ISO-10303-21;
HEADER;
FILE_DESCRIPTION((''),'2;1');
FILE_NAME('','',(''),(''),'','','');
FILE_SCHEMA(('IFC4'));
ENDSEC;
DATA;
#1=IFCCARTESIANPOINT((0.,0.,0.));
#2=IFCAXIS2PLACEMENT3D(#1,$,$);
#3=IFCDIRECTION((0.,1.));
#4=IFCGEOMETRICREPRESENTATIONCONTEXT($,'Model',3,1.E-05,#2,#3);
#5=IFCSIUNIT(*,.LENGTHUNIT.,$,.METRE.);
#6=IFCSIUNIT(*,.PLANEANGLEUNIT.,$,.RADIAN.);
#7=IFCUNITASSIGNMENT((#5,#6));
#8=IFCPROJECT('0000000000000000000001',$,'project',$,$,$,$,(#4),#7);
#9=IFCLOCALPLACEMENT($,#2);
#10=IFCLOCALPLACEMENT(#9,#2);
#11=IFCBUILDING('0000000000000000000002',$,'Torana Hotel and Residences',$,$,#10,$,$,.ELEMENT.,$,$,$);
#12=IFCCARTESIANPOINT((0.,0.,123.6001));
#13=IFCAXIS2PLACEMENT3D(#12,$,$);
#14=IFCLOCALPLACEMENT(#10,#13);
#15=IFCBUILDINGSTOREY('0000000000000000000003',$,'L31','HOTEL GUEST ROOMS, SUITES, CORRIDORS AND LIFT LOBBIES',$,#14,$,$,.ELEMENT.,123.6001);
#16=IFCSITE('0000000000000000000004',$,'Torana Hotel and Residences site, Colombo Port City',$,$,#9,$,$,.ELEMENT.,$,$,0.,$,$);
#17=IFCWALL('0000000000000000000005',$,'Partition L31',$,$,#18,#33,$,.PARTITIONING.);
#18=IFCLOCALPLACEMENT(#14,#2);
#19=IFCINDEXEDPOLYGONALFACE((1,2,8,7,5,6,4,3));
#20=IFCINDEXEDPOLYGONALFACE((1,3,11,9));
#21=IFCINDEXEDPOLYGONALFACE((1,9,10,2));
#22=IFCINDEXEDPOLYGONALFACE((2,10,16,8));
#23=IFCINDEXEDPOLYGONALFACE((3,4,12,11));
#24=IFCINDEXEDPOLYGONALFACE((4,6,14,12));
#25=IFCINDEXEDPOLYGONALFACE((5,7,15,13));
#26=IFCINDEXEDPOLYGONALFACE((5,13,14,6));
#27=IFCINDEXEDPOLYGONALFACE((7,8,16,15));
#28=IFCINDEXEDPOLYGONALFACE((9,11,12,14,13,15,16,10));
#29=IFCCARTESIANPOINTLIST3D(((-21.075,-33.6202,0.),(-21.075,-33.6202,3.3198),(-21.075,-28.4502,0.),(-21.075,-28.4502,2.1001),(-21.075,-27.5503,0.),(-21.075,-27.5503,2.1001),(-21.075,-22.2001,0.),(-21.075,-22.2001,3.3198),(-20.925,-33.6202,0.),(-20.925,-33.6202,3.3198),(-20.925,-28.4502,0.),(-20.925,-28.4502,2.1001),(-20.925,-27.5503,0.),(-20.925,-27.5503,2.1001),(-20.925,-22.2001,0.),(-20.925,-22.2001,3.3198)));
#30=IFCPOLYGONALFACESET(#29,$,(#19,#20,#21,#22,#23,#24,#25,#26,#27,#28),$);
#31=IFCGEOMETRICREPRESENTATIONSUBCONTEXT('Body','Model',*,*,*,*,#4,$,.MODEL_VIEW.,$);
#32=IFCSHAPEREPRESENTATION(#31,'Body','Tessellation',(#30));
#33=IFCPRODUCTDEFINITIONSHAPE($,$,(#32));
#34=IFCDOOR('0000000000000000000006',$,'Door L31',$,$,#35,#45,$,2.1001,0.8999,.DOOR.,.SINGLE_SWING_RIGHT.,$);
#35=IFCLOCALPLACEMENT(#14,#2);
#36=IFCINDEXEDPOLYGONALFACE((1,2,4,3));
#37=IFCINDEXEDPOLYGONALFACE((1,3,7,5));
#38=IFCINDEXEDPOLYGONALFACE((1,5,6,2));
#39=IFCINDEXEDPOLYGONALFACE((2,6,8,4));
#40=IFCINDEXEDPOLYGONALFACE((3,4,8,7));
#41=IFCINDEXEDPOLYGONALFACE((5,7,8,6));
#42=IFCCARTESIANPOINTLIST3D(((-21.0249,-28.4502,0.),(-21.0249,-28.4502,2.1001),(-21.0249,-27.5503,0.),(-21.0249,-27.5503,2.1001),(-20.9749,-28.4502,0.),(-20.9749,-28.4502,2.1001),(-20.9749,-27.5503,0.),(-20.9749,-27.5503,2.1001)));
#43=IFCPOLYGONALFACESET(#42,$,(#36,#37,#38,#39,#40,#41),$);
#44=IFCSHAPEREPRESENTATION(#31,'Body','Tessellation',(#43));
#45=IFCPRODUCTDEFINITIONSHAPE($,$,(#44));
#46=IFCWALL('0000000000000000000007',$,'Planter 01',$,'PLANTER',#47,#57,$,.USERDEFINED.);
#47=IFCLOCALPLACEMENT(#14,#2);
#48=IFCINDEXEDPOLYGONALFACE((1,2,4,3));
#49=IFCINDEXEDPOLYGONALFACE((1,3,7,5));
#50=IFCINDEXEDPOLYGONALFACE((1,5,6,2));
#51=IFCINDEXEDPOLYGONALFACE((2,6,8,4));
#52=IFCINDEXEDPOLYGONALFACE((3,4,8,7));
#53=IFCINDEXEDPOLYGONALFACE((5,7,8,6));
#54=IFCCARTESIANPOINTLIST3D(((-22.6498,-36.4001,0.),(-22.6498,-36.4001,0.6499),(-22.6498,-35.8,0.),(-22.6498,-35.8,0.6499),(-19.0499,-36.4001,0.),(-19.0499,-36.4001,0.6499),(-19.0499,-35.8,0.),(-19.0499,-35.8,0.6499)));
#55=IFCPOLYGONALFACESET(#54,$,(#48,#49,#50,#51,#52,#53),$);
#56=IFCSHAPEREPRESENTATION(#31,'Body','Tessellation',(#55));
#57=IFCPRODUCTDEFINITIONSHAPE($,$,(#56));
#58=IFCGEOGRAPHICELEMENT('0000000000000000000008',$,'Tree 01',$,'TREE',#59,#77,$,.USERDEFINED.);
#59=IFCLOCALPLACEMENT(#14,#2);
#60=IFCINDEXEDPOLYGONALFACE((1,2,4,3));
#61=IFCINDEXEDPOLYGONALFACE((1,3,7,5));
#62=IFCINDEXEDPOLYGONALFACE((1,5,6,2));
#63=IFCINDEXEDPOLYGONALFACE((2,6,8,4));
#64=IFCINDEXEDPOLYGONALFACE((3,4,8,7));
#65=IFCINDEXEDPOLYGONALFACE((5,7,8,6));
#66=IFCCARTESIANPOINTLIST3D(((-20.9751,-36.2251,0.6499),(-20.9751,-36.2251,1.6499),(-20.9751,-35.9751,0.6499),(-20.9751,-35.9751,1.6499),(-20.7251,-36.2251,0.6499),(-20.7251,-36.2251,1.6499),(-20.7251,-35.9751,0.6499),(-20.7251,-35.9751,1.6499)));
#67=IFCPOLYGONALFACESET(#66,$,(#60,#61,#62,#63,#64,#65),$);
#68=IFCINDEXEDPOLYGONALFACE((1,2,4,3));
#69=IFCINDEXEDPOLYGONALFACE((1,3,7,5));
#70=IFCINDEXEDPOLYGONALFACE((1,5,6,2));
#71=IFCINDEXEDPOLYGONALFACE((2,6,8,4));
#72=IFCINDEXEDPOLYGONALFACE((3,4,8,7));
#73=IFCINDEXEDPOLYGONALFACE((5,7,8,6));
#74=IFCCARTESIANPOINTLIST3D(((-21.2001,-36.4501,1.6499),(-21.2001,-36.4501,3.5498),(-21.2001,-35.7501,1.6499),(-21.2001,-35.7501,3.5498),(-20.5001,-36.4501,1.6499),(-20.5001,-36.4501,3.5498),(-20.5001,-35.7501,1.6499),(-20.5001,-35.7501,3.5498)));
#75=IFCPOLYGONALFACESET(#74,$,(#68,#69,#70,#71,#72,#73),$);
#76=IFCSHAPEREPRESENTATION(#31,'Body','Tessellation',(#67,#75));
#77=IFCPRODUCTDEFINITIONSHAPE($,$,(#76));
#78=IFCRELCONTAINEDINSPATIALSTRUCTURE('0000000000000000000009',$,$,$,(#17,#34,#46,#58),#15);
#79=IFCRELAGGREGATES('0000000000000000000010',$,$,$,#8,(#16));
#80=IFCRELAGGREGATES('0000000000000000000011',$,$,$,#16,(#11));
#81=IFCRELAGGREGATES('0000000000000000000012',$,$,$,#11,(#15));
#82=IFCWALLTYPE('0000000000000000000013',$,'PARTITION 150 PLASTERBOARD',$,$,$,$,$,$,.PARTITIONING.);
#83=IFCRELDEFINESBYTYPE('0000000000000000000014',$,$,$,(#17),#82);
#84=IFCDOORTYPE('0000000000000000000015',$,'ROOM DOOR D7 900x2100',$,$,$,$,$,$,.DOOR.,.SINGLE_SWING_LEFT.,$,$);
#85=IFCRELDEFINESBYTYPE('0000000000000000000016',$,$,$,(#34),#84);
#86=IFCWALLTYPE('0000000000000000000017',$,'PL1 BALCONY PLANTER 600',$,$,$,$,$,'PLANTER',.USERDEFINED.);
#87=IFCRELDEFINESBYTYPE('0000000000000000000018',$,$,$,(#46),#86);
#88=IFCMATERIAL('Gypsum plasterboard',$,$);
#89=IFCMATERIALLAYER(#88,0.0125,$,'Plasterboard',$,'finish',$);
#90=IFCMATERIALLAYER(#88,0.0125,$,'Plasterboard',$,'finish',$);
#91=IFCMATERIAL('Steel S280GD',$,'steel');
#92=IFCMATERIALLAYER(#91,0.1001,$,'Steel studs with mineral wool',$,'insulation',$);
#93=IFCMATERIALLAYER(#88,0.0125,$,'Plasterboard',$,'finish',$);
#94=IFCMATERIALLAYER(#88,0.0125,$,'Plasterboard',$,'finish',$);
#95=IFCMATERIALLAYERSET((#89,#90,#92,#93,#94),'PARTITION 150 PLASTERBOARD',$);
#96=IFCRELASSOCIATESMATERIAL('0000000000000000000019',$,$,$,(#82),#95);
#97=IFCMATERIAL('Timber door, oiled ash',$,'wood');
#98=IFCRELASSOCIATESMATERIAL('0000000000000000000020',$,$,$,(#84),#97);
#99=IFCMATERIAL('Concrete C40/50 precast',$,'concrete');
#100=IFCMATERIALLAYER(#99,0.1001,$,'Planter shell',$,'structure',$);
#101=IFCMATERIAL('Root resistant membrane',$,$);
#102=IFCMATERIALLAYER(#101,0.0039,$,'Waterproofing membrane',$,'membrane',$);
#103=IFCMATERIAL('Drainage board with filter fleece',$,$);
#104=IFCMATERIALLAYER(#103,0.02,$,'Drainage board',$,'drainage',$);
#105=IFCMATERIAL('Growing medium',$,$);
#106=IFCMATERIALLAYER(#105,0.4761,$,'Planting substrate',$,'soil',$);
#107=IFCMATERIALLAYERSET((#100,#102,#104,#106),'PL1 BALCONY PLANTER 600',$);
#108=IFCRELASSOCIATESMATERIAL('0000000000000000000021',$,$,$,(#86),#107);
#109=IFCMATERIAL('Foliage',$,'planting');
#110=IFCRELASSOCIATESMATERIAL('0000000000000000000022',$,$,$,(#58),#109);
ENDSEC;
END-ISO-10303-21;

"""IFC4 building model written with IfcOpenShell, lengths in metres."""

from ifc_helpers import new_model, si_unit, direction, frame, frame_2d, origin, origin_2d, place, context, subcontext, project, spatial, rectangle, extrude, material, layer, layer_set, type_object, element, fill, save


model = new_model("IFC4")

# Units and contexts
model_context = context("Model", 3, precision=1e-05, world=origin(), true_north=direction((0.0, 1.0)))
body_context = subcontext(model_context, "Body", "Model", "MODEL_VIEW")
ifc_project = project(units=[si_unit("LENGTHUNIT", "METRE"), si_unit("PLANEANGLEUNIT", "RADIAN")], contexts=[model_context])

# Site, building, storey
site_placement = place(None, origin())
site = spatial("IfcSite", under=ifc_project, at=site_placement, Name="Torana Hotel and Residences site, Colombo Port City", CompositionType="ELEMENT", RefElevation=0.0)
building_placement = place(site_placement, origin())
building = spatial("IfcBuilding", under=site, at=building_placement, Name="Torana Hotel and Residences", CompositionType="ELEMENT")
storey_placement = place(building_placement, frame((0.0, 0.0, 123.6001)))
storey = spatial("IfcBuildingStorey", under=building, at=storey_placement, Name="L31", Description="HOTEL GUEST ROOMS, SUITES, CORRIDORS AND LIFT LOBBIES", CompositionType="ELEMENT", Elevation=123.6001)

# Shared definitions
ifc_material_1 = material(Name="Steel S280GD", Category="steel")

# Wall, opening, door
ifc_material_2 = material(Name="Gypsum plasterboard")
ifc_layer_1 = layer(ifc_material_2, 0.0125, Name="Plasterboard", Category="finish")
ifc_layer_2 = layer(ifc_material_2, 0.0125, Name="Plasterboard", Category="finish")
ifc_layer_3 = layer(ifc_material_1, 0.1001, Name="Steel studs with mineral wool", Category="insulation")
ifc_layer_4 = layer(ifc_material_2, 0.0125, Name="Plasterboard", Category="finish")
ifc_layer_5 = layer(ifc_material_2, 0.0125, Name="Plasterboard", Category="finish")
ifc_layer_set_1 = layer_set([ifc_layer_1, ifc_layer_2, ifc_layer_3, ifc_layer_4, ifc_layer_5], Name="PARTITION 150 PLASTERBOARD")
wall_type_1 = type_object("IfcWallType", Name="PARTITION 150 PLASTERBOARD", PredefinedType="PARTITIONING", material=ifc_layer_set_1)
wall_1_placement = place(storey_placement, frame((-21.0, -33.6201, 0.0), z_axis=(0.0, 0.0, 1.0), x_axis=(0.0, 1.0, 0.0)))
wall_1 = element("IfcWall", 1, at=wall_1_placement, inside=storey, type_object=wall_type_1, Name="Partition L31", PredefinedType="PARTITIONING", context=body_context, shape_type="SweptSolid", body=[
    extrude(rectangle(XDim=11.4202, YDim=0.1499, at=frame_2d((5.71, 0.0))), origin(), (0.0, 0.0, 1.0), 3.3198),
])
opening_1_placement = place(wall_1_placement, frame((5.1699, 0.0, 0.0)))
opening_1 = element("IfcOpeningElement", 2, at=opening_1_placement, cuts=wall_1, PredefinedType="OPENING", context=body_context, shape_type="SweptSolid", body=[
    extrude(rectangle(XDim=0.8999, YDim=2.1001, at=frame_2d((0.45, 1.05))), frame((0.0, 0.085, 0.0), z_axis=(0.0, -1.0, 0.0), x_axis=(1.0, 0.0, 0.0)), (0.0, 0.0, 1.0), 0.1699),
])
ifc_material_3 = material(Name="Timber door, oiled ash", Category="wood")
door_type_1 = type_object("IfcDoorType", Name="ROOM DOOR D7 900x2100", OperationType="SINGLE_SWING_LEFT", PredefinedType="DOOR", material=ifc_material_3)
door_1_placement = place(opening_1_placement, origin())
door_1 = element("IfcDoor", 3, at=door_1_placement, inside=storey, type_object=door_type_1, Name="Door L31", OperationType="SINGLE_SWING_RIGHT", OverallHeight=2.1001, OverallWidth=0.8999, PredefinedType="DOOR", context=body_context, shape_type="SweptSolid", body=[
    extrude(rectangle(XDim=0.8999, YDim=2.1001, at=frame_2d((0.45, 1.05))), frame((0.0, 0.0249, 0.0), z_axis=(0.0, -1.0, 0.0), x_axis=(1.0, 0.0, 0.0)), (0.0, 0.0, 1.0), 0.05),
])
fill(opening_1, door_1)

# Wall
ifc_material_4 = material(Name="Concrete C40/50 precast", Category="concrete")
ifc_layer_6 = layer(ifc_material_4, 0.1001, Name="Planter shell", Category="structure")
ifc_material_5 = material(Name="Root resistant membrane")
ifc_layer_7 = layer(ifc_material_5, 0.0039, Name="Waterproofing membrane", Category="membrane")
ifc_material_6 = material(Name="Drainage board with filter fleece")
ifc_layer_8 = layer(ifc_material_6, 0.02, Name="Drainage board", Category="drainage")
ifc_material_7 = material(Name="Growing medium")
ifc_layer_9 = layer(ifc_material_7, 0.4761, Name="Planting substrate", Category="soil")
ifc_layer_set_2 = layer_set([ifc_layer_6, ifc_layer_7, ifc_layer_8, ifc_layer_9], Name="PL1 BALCONY PLANTER 600")
wall_type_2 = type_object("IfcWallType", Name="PL1 BALCONY PLANTER 600", ElementType="PLANTER", PredefinedType="USERDEFINED", material=ifc_layer_set_2)
wall_2_placement = place(storey_placement, frame((-19.05, -36.1001, 0.0), z_axis=(0.0, 0.0, 1.0), x_axis=(-1.0, 0.0, 0.0)))
element("IfcWall", 4, at=wall_2_placement, inside=storey, type_object=wall_type_2, Name="Planter 01", ObjectType="PLANTER", PredefinedType="USERDEFINED", context=body_context, shape_type="SweptSolid", body=[
    extrude(rectangle(XDim=3.5999, YDim=0.6001, at=frame_2d((1.7998, 0.0))), origin(), (0.0, 0.0, 1.0), 0.6499),
])

# Geographic element
ifc_material_8 = material(Name="Foliage", Category="planting")
geographic_element_placement = place(storey_placement, frame((-20.8501, -36.1001, 0.6499), z_axis=(0.0, 0.0, 1.0), x_axis=(1.0, 0.0, 0.0)))
element("IfcGeographicElement", 5, at=geographic_element_placement, inside=storey, material=ifc_material_8, Name="Tree 01", ObjectType="TREE", PredefinedType="USERDEFINED", context=body_context, shape_type="SweptSolid", body=[
    extrude(rectangle(XDim=0.25, YDim=0.25, at=origin_2d()), origin(), (0.0, 0.0, 1.0), 1.0),
    extrude(rectangle(XDim=0.7, YDim=0.7, at=origin_2d()), frame((0.0, 0.0, 1.0)), (0.0, 0.0, 1.0), 1.8999),
])

save(model, "model.ifc")
